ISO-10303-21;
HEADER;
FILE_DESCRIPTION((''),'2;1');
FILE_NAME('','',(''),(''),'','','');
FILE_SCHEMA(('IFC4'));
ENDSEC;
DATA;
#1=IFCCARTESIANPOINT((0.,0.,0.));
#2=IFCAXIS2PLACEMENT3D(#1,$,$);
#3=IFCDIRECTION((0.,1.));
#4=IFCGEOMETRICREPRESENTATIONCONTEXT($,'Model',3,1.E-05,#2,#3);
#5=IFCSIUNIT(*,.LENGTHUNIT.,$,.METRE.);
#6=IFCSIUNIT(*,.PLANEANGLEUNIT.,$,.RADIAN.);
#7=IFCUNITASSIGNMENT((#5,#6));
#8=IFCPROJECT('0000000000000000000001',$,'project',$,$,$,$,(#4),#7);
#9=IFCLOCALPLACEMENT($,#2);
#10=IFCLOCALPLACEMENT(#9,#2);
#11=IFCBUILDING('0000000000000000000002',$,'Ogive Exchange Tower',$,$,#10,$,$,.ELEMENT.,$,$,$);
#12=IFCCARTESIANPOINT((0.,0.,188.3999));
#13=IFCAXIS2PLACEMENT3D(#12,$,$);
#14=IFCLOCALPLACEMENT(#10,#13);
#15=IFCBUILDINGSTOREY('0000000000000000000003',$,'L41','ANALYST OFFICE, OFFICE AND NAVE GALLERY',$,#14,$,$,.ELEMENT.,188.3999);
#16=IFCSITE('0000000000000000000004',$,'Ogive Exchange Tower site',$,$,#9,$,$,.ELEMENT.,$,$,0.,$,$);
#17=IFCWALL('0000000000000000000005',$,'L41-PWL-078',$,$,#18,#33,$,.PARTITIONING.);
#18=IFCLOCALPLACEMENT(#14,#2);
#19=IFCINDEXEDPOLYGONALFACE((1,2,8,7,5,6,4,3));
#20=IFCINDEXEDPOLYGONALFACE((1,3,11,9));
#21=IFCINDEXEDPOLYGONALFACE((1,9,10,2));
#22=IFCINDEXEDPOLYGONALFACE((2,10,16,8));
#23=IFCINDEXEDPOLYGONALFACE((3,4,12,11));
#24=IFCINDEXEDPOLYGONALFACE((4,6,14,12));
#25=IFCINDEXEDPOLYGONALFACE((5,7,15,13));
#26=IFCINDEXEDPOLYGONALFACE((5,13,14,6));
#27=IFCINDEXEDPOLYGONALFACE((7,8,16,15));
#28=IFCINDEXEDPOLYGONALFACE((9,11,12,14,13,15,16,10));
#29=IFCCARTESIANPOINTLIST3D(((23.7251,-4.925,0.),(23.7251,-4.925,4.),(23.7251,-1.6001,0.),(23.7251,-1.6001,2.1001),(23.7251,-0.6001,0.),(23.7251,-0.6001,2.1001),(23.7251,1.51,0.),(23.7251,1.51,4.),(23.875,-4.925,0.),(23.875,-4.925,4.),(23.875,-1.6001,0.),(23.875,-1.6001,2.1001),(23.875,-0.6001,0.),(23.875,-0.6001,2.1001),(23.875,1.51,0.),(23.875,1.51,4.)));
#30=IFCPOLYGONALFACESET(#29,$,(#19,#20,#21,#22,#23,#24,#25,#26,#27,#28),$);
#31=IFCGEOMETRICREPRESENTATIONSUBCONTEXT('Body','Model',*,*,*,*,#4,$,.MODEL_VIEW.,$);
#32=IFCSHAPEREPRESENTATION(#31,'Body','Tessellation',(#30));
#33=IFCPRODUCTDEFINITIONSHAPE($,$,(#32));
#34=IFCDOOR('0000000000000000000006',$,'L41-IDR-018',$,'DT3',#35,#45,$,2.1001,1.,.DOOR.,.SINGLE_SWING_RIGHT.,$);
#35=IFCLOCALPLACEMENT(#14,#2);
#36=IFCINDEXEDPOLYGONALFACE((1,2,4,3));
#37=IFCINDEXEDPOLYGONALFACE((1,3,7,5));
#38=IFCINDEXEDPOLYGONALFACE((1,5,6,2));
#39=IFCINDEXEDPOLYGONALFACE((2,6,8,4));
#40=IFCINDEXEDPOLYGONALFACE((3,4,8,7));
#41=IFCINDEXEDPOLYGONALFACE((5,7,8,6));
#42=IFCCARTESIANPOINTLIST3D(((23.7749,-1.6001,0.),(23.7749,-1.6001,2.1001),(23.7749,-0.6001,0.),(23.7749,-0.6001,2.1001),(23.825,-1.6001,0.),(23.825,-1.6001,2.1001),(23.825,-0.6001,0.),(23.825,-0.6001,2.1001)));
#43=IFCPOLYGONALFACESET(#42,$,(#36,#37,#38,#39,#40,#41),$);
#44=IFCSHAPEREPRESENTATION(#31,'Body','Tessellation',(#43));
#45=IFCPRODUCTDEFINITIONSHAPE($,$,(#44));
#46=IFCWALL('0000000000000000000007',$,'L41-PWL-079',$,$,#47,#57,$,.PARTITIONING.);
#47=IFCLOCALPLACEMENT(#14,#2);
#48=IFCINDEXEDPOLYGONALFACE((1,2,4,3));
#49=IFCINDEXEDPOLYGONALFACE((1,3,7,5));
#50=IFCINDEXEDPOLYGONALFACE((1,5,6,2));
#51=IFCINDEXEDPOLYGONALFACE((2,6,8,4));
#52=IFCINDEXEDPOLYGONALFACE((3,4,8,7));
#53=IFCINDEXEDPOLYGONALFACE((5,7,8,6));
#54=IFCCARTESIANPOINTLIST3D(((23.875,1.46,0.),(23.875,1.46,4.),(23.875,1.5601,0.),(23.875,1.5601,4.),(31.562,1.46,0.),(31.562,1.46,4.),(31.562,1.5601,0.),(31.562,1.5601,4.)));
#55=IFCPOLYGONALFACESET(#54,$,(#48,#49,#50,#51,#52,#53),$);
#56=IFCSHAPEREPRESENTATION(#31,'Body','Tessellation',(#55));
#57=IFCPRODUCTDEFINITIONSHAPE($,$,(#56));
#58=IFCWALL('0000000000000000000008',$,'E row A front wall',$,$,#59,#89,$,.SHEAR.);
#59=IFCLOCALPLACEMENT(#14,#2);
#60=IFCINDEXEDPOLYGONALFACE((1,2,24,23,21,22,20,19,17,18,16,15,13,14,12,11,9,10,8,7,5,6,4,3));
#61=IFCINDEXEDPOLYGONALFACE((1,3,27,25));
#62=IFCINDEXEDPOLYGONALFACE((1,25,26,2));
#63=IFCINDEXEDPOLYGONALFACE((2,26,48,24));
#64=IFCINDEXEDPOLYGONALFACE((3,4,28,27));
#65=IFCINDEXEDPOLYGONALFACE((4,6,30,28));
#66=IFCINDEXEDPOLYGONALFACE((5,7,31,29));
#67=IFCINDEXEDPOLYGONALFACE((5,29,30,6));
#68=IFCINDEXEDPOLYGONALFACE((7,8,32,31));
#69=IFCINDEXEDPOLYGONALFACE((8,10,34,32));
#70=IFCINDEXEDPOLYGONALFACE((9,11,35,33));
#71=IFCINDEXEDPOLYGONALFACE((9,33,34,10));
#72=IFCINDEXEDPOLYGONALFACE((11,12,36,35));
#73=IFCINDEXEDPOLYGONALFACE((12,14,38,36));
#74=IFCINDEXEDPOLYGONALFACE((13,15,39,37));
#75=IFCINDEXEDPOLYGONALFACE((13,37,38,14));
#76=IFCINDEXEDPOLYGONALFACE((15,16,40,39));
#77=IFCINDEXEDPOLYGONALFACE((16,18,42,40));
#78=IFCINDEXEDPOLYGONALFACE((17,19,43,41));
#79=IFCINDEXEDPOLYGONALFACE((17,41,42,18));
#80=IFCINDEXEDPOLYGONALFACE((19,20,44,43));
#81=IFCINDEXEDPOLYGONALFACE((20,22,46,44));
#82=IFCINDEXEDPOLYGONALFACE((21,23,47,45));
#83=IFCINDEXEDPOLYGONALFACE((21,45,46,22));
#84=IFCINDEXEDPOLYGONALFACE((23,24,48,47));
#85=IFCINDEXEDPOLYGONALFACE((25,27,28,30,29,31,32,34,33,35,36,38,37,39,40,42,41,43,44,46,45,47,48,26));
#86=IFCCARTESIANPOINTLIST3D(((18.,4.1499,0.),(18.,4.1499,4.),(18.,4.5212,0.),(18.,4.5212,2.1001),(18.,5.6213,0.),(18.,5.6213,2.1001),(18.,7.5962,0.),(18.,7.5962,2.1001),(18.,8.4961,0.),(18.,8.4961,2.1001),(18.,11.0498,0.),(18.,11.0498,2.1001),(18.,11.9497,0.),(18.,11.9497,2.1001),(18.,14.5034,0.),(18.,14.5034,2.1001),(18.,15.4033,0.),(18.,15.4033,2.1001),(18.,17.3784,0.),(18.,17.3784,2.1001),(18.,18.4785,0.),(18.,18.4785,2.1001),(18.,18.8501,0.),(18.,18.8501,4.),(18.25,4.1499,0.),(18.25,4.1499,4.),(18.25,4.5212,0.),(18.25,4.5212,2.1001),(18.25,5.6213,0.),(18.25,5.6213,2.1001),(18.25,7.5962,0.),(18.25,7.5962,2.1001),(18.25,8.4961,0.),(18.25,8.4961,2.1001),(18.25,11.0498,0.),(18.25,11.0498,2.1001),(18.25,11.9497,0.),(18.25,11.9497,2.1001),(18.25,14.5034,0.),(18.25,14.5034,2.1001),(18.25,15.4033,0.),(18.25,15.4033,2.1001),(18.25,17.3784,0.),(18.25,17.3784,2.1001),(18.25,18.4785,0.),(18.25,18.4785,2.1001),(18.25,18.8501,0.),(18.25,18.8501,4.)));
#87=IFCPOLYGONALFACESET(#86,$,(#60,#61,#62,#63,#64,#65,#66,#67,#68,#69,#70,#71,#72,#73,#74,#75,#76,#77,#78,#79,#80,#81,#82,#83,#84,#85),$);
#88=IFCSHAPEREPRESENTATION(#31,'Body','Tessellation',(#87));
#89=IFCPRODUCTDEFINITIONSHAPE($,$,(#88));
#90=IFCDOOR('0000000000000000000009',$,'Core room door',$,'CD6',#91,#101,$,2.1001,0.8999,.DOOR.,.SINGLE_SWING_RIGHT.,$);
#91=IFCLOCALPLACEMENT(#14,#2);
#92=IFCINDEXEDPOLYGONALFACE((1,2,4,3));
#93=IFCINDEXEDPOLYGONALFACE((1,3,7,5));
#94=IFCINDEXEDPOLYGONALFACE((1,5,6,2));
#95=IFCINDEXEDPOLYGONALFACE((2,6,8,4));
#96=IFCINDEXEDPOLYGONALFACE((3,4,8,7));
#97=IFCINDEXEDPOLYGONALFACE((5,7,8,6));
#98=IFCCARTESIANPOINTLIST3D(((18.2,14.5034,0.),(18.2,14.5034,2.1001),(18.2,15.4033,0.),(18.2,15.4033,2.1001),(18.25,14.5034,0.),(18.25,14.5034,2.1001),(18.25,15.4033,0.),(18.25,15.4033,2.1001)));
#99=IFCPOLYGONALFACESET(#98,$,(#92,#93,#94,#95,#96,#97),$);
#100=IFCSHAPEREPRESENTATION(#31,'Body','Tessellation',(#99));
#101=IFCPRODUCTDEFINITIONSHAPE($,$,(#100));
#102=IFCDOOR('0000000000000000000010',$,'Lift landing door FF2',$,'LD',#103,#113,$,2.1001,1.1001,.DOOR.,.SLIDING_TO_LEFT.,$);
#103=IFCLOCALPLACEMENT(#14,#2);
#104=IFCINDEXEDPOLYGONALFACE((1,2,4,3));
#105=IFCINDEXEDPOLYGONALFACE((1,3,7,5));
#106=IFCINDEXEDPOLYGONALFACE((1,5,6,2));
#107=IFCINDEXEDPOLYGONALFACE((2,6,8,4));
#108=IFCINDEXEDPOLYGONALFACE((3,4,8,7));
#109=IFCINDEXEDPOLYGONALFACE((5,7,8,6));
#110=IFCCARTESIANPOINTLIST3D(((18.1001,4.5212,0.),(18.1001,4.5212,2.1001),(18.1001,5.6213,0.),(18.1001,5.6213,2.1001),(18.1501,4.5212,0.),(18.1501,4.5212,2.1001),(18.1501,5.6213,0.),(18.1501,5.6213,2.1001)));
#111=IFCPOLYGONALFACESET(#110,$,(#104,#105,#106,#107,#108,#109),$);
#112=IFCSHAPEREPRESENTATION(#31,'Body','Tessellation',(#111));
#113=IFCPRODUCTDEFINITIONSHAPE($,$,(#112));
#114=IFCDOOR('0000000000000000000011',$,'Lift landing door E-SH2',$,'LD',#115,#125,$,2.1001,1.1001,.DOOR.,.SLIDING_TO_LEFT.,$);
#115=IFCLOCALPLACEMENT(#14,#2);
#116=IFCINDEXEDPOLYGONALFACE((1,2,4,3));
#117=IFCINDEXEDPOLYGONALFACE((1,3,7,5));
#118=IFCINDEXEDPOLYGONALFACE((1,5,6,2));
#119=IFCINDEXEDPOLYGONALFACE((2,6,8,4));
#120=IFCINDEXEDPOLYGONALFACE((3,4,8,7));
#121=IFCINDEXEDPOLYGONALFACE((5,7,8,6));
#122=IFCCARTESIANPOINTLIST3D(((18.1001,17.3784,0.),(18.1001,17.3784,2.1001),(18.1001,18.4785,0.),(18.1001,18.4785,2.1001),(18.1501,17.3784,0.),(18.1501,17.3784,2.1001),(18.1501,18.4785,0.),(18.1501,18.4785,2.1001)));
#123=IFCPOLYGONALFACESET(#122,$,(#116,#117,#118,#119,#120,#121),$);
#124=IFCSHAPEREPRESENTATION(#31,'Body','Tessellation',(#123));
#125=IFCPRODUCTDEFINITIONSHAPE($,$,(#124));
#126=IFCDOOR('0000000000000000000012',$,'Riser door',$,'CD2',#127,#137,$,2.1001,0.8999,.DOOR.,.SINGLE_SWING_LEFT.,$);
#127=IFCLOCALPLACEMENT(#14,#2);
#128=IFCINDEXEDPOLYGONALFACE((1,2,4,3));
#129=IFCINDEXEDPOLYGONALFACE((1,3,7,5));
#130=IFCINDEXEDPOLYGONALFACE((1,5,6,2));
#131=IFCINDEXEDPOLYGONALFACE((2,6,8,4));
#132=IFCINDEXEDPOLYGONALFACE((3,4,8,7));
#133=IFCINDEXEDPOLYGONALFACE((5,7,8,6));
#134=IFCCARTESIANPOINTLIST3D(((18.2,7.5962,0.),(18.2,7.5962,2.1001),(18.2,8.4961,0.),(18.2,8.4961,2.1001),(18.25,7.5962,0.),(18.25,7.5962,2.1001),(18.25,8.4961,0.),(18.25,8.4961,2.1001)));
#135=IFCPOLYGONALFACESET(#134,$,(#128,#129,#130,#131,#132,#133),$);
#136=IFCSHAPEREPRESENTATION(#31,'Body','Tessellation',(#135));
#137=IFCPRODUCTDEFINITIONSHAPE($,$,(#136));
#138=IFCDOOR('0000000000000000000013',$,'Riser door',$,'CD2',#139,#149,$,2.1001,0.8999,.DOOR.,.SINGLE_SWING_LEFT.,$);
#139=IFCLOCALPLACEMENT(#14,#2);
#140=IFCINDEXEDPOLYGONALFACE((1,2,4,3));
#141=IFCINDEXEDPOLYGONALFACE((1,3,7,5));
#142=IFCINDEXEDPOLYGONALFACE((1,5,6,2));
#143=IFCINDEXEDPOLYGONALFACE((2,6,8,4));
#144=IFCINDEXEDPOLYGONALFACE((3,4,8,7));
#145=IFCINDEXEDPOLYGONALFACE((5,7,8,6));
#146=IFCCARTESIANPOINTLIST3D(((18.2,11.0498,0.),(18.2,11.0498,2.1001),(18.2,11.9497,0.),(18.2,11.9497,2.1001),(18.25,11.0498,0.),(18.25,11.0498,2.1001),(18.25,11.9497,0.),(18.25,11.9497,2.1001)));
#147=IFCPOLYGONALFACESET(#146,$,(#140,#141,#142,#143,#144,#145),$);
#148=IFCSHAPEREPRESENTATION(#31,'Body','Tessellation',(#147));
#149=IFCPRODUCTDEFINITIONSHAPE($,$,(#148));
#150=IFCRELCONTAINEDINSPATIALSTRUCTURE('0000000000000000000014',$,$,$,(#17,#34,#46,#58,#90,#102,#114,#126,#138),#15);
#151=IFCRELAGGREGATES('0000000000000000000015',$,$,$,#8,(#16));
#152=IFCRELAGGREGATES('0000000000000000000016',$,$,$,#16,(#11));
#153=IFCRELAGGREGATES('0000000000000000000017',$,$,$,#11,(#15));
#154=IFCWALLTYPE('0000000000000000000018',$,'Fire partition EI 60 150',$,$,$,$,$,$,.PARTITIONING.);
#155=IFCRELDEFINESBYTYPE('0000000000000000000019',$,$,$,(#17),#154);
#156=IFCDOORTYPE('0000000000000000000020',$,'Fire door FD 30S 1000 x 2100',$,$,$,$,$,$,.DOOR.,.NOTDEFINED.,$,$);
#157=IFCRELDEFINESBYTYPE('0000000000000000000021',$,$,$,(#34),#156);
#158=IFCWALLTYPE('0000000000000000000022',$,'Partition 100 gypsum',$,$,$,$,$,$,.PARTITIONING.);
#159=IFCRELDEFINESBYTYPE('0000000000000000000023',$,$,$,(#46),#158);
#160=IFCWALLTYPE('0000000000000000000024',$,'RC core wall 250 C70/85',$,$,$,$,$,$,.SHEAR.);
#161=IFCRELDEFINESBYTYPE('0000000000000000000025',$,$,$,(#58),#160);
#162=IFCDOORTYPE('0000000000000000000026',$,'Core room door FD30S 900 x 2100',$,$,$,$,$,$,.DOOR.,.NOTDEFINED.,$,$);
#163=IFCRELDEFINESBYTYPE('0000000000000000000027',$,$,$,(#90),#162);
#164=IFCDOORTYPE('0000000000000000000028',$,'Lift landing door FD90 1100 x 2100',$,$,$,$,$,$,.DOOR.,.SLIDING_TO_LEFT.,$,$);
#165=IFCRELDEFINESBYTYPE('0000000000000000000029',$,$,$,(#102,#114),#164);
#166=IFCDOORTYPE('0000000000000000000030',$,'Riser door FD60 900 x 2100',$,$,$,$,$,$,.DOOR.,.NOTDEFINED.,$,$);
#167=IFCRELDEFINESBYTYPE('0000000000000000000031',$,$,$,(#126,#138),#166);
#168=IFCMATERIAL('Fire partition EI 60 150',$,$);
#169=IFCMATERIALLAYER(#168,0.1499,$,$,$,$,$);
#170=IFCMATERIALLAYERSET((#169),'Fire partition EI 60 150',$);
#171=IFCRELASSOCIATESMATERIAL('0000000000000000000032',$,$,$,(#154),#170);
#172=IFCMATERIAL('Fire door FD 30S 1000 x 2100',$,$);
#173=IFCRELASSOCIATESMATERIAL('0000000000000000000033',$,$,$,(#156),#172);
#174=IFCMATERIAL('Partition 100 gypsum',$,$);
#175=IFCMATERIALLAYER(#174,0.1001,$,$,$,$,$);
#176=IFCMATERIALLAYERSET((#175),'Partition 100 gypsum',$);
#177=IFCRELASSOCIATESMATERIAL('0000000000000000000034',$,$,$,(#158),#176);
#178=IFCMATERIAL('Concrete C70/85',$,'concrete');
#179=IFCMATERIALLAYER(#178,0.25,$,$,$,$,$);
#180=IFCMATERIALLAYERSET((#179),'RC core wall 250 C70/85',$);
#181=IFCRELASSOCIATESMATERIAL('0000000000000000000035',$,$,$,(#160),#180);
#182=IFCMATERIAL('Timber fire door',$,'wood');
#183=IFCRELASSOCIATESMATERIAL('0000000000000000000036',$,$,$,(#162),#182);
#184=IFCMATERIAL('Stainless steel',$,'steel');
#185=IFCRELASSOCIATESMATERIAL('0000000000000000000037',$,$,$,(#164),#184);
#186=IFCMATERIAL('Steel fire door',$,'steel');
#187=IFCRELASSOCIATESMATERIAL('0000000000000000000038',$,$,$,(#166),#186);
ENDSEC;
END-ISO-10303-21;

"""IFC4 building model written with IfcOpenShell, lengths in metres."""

from ifc_helpers import new_model, si_unit, direction, frame, frame_2d, origin, place, context, subcontext, project, spatial, rectangle, extrude, material, layer, layer_set, type_object, element, fill, save


model = new_model("IFC4")

# Units and contexts
model_context = context("Model", 3, precision=1e-05, world=origin(), true_north=direction((0.0, 1.0)))
body_context = subcontext(model_context, "Body", "Model", "MODEL_VIEW")
ifc_project = project(units=[si_unit("LENGTHUNIT", "METRE"), si_unit("PLANEANGLEUNIT", "RADIAN")], contexts=[model_context])

# Site, building, storey
site_placement = place(None, origin())
site = spatial("IfcSite", under=ifc_project, at=site_placement, Name="Ogive Exchange Tower site", CompositionType="ELEMENT", RefElevation=0.0)
building_placement = place(site_placement, origin())
building = spatial("IfcBuilding", under=site, at=building_placement, Name="Ogive Exchange Tower", CompositionType="ELEMENT")
storey_placement = place(building_placement, frame((0.0, 0.0, 188.3999)))
storey = spatial("IfcBuildingStorey", under=building, at=storey_placement, Name="L41", Description="ANALYST OFFICE, OFFICE AND NAVE GALLERY", CompositionType="ELEMENT", Elevation=188.3999)

# Wall, opening, door
ifc_material_1 = material(Name="Fire partition EI 60 150")
ifc_layer_1 = layer(ifc_material_1, 0.1499)
ifc_layer_set_1 = layer_set([ifc_layer_1], Name="Fire partition EI 60 150")
wall_type_1 = type_object("IfcWallType", Name="Fire partition EI 60 150", PredefinedType="PARTITIONING", material=ifc_layer_set_1)
wall_1_placement = place(storey_placement, frame((23.8, 1.51, 0.0), z_axis=(0.0, 0.0, 1.0), x_axis=(0.0, -1.0, 0.0)))
wall_1 = element("IfcWall", 1, at=wall_1_placement, inside=storey, type_object=wall_type_1, Name="L41-PWL-078", PredefinedType="PARTITIONING", context=body_context, shape_type="SweptSolid", body=[
    extrude(rectangle(XDim=6.4351, YDim=0.1499, at=frame_2d((3.2175, 0.0))), origin(), (0.0, 0.0, 1.0), 4.0),
])
opening_1_placement = place(wall_1_placement, frame((2.1101, 0.0, 0.0)))
opening_1 = element("IfcOpeningElement", 2, at=opening_1_placement, cuts=wall_1, PredefinedType="OPENING", context=body_context, shape_type="SweptSolid", body=[
    extrude(rectangle(XDim=1.0, YDim=2.1001, at=frame_2d((0.5, 1.05))), frame((0.0, 0.085, 0.0), z_axis=(0.0, -1.0, 0.0), x_axis=(1.0, 0.0, 0.0)), (0.0, 0.0, 1.0), 0.1699),
])
ifc_material_2 = material(Name="Fire door FD 30S 1000 x 2100")
door_type_1 = type_object("IfcDoorType", Name="Fire door FD 30S 1000 x 2100", OperationType="NOTDEFINED", PredefinedType="DOOR", material=ifc_material_2)
door_1_placement = place(opening_1_placement, origin())
door_1 = element("IfcDoor", 3, at=door_1_placement, inside=storey, type_object=door_type_1, Name="L41-IDR-018", ObjectType="DT3", OperationType="SINGLE_SWING_RIGHT", OverallHeight=2.1001, OverallWidth=1.0, PredefinedType="DOOR", context=body_context, shape_type="SweptSolid", body=[
    extrude(rectangle(XDim=1.0, YDim=2.1001, at=frame_2d((0.5, 1.05))), frame((0.0, 0.0249, 0.0), z_axis=(0.0, -1.0, 0.0), x_axis=(1.0, 0.0, 0.0)), (0.0, 0.0, 1.0), 0.05),
])
fill(opening_1, door_1)

# Wall
ifc_material_3 = material(Name="Partition 100 gypsum")
ifc_layer_2 = layer(ifc_material_3, 0.1001)
ifc_layer_set_2 = layer_set([ifc_layer_2], Name="Partition 100 gypsum")
wall_type_2 = type_object("IfcWallType", Name="Partition 100 gypsum", PredefinedType="PARTITIONING", material=ifc_layer_set_2)
wall_2_placement = place(storey_placement, frame((23.875, 1.51, 0.0), z_axis=(0.0, 0.0, 1.0), x_axis=(1.0, 0.0, 0.0)))
element("IfcWall", 4, at=wall_2_placement, inside=storey, type_object=wall_type_2, Name="L41-PWL-079", PredefinedType="PARTITIONING", context=body_context, shape_type="SweptSolid", body=[
    extrude(rectangle(XDim=7.687, YDim=0.1001, at=frame_2d((3.8435, 0.0))), origin(), (0.0, 0.0, 1.0), 4.0),
])

# Wall, openings, doors
ifc_material_4 = material(Name="Concrete C70/85", Category="concrete")
ifc_layer_3 = layer(ifc_material_4, 0.25)
ifc_layer_set_3 = layer_set([ifc_layer_3], Name="RC core wall 250 C70/85")
wall_type_3 = type_object("IfcWallType", Name="RC core wall 250 C70/85", PredefinedType="SHEAR", material=ifc_layer_set_3)
wall_3_placement = place(storey_placement, frame((18.125, 4.1499, 0.0), z_axis=(0.0, 0.0, 1.0), x_axis=(0.0, 1.0, 0.0)))
wall_3 = element("IfcWall", 5, at=wall_3_placement, inside=storey, type_object=wall_type_3, Name="E row A front wall", PredefinedType="SHEAR", context=body_context, shape_type="SweptSolid", body=[
    extrude(rectangle(XDim=14.7002, YDim=0.25, at=frame_2d((7.3501, 0.0))), origin(), (0.0, 0.0, 1.0), 4.0),
])
opening_2_placement = place(wall_3_placement, frame((3.4463, 0.0, 0.0)))
opening_2 = element("IfcOpeningElement", 6, at=opening_2_placement, cuts=wall_3, PredefinedType="OPENING", context=body_context, shape_type="SweptSolid", body=[
    extrude(rectangle(XDim=0.8999, YDim=2.1001, at=frame_2d((0.45, 1.05))), frame((0.0, 0.135, 0.0), z_axis=(0.0, -1.0, 0.0), x_axis=(1.0, 0.0, 0.0)), (0.0, 0.0, 1.0), 0.27),
])
opening_3_placement = place(wall_3_placement, frame((6.8999, 0.0, 0.0)))
opening_3 = element("IfcOpeningElement", 7, at=opening_3_placement, cuts=wall_3, PredefinedType="OPENING", context=body_context, shape_type="SweptSolid", body=[
    extrude(rectangle(XDim=0.8999, YDim=2.1001, at=frame_2d((0.45, 1.05))), frame((0.0, 0.135, 0.0), z_axis=(0.0, -1.0, 0.0), x_axis=(1.0, 0.0, 0.0)), (0.0, 0.0, 1.0), 0.27),
])
opening_4_placement = place(wall_3_placement, frame((10.3535, 0.0, 0.0)))
opening_4 = element("IfcOpeningElement", 8, at=opening_4_placement, cuts=wall_3, PredefinedType="OPENING", context=body_context, shape_type="SweptSolid", body=[
    extrude(rectangle(XDim=0.8999, YDim=2.1001, at=frame_2d((0.45, 1.05))), frame((0.0, 0.135, 0.0), z_axis=(0.0, -1.0, 0.0), x_axis=(1.0, 0.0, 0.0)), (0.0, 0.0, 1.0), 0.27),
])
opening_5_placement = place(wall_3_placement, frame((0.3713, 0.0, 0.0)))
opening_5 = element("IfcOpeningElement", 9, at=opening_5_placement, cuts=wall_3, PredefinedType="OPENING", context=body_context, shape_type="SweptSolid", body=[
    extrude(rectangle(XDim=1.1001, YDim=2.1001, at=frame_2d((0.55, 1.05))), frame((0.0, 0.135, 0.0), z_axis=(0.0, -1.0, 0.0), x_axis=(1.0, 0.0, 0.0)), (0.0, 0.0, 1.0), 0.27),
])
opening_6_placement = place(wall_3_placement, frame((13.2285, 0.0, 0.0)))
opening_6 = element("IfcOpeningElement", 10, at=opening_6_placement, cuts=wall_3, PredefinedType="OPENING", context=body_context, shape_type="SweptSolid", body=[
    extrude(rectangle(XDim=1.1001, YDim=2.1001, at=frame_2d((0.55, 1.05))), frame((0.0, 0.135, 0.0), z_axis=(0.0, -1.0, 0.0), x_axis=(1.0, 0.0, 0.0)), (0.0, 0.0, 1.0), 0.27),
])
ifc_material_5 = material(Name="Timber fire door", Category="wood")
door_type_2 = type_object("IfcDoorType", Name="Core room door FD30S 900 x 2100", OperationType="NOTDEFINED", PredefinedType="DOOR", material=ifc_material_5)
door_2_placement = place(opening_4_placement, frame((0.8999, -0.2002, 0.0), z_axis=(0.0, 0.0, 1.0), x_axis=(-1.0, 0.0, 0.0)))
door_2 = element("IfcDoor", 11, at=door_2_placement, inside=storey, type_object=door_type_2, Name="Core room door", ObjectType="CD6", OperationType="SINGLE_SWING_RIGHT", OverallHeight=2.1001, OverallWidth=0.8999, PredefinedType="DOOR", context=body_context, shape_type="SweptSolid", body=[
    extrude(rectangle(XDim=0.8999, YDim=2.1001, at=frame_2d((0.45, 1.05))), frame((0.0, -0.0752, 0.0), z_axis=(0.0, -1.0, 0.0), x_axis=(1.0, 0.0, 0.0)), (0.0, 0.0, 1.0), 0.05),
])
fill(opening_4, door_2)
ifc_material_6 = material(Name="Stainless steel", Category="steel")
door_type_3 = type_object("IfcDoorType", Name="Lift landing door FD90 1100 x 2100", OperationType="SLIDING_TO_LEFT", PredefinedType="DOOR", material=ifc_material_6)
door_3_placement = place(opening_5_placement, origin())
door_3 = element("IfcDoor", 12, at=door_3_placement, inside=storey, type_object=door_type_3, Name="Lift landing door FF2", ObjectType="LD", OperationType="SLIDING_TO_LEFT", OverallHeight=2.1001, OverallWidth=1.1001, PredefinedType="DOOR", context=body_context, shape_type="SweptSolid", body=[
    extrude(rectangle(XDim=1.1001, YDim=2.1001, at=frame_2d((0.55, 1.05))), frame((0.0, 0.0249, 0.0), z_axis=(0.0, -1.0, 0.0), x_axis=(1.0, 0.0, 0.0)), (0.0, 0.0, 1.0), 0.05),
])
fill(opening_5, door_3)
door_4_placement = place(opening_6_placement, origin())
door_4 = element("IfcDoor", 13, at=door_4_placement, inside=storey, type_object=door_type_3, Name="Lift landing door E-SH2", ObjectType="LD", OperationType="SLIDING_TO_LEFT", OverallHeight=2.1001, OverallWidth=1.1001, PredefinedType="DOOR", context=body_context, shape_type="SweptSolid", body=[
    extrude(rectangle(XDim=1.1001, YDim=2.1001, at=frame_2d((0.55, 1.05))), frame((0.0, 0.0249, 0.0), z_axis=(0.0, -1.0, 0.0), x_axis=(1.0, 0.0, 0.0)), (0.0, 0.0, 1.0), 0.05),
])
fill(opening_6, door_4)
ifc_material_7 = material(Name="Steel fire door", Category="steel")
door_type_4 = type_object("IfcDoorType", Name="Riser door FD60 900 x 2100", OperationType="NOTDEFINED", PredefinedType="DOOR", material=ifc_material_7)
door_5_placement = place(opening_2_placement, frame((0.8999, -0.2002, 0.0), z_axis=(0.0, 0.0, 1.0), x_axis=(-1.0, 0.0, 0.0)))
door_5 = element("IfcDoor", 14, at=door_5_placement, inside=storey, type_object=door_type_4, Name="Riser door", ObjectType="CD2", OperationType="SINGLE_SWING_LEFT", OverallHeight=2.1001, OverallWidth=0.8999, PredefinedType="DOOR", context=body_context, shape_type="SweptSolid", body=[
    extrude(rectangle(XDim=0.8999, YDim=2.1001, at=frame_2d((0.45, 1.05))), frame((0.0, -0.0752, 0.0), z_axis=(0.0, -1.0, 0.0), x_axis=(1.0, 0.0, 0.0)), (0.0, 0.0, 1.0), 0.05),
])
fill(opening_2, door_5)
door_6_placement = place(opening_3_placement, frame((0.8999, -0.2002, 0.0), z_axis=(0.0, 0.0, 1.0), x_axis=(-1.0, 0.0, 0.0)))
door_6 = element("IfcDoor", 15, at=door_6_placement, inside=storey, type_object=door_type_4, Name="Riser door", ObjectType="CD2", OperationType="SINGLE_SWING_LEFT", OverallHeight=2.1001, OverallWidth=0.8999, PredefinedType="DOOR", context=body_context, shape_type="SweptSolid", body=[
    extrude(rectangle(XDim=0.8999, YDim=2.1001, at=frame_2d((0.45, 1.05))), frame((0.0, -0.0752, 0.0), z_axis=(0.0, -1.0, 0.0), x_axis=(1.0, 0.0, 0.0)), (0.0, 0.0, 1.0), 0.05),
])
fill(opening_3, door_6)

save(model, "model.ifc")
